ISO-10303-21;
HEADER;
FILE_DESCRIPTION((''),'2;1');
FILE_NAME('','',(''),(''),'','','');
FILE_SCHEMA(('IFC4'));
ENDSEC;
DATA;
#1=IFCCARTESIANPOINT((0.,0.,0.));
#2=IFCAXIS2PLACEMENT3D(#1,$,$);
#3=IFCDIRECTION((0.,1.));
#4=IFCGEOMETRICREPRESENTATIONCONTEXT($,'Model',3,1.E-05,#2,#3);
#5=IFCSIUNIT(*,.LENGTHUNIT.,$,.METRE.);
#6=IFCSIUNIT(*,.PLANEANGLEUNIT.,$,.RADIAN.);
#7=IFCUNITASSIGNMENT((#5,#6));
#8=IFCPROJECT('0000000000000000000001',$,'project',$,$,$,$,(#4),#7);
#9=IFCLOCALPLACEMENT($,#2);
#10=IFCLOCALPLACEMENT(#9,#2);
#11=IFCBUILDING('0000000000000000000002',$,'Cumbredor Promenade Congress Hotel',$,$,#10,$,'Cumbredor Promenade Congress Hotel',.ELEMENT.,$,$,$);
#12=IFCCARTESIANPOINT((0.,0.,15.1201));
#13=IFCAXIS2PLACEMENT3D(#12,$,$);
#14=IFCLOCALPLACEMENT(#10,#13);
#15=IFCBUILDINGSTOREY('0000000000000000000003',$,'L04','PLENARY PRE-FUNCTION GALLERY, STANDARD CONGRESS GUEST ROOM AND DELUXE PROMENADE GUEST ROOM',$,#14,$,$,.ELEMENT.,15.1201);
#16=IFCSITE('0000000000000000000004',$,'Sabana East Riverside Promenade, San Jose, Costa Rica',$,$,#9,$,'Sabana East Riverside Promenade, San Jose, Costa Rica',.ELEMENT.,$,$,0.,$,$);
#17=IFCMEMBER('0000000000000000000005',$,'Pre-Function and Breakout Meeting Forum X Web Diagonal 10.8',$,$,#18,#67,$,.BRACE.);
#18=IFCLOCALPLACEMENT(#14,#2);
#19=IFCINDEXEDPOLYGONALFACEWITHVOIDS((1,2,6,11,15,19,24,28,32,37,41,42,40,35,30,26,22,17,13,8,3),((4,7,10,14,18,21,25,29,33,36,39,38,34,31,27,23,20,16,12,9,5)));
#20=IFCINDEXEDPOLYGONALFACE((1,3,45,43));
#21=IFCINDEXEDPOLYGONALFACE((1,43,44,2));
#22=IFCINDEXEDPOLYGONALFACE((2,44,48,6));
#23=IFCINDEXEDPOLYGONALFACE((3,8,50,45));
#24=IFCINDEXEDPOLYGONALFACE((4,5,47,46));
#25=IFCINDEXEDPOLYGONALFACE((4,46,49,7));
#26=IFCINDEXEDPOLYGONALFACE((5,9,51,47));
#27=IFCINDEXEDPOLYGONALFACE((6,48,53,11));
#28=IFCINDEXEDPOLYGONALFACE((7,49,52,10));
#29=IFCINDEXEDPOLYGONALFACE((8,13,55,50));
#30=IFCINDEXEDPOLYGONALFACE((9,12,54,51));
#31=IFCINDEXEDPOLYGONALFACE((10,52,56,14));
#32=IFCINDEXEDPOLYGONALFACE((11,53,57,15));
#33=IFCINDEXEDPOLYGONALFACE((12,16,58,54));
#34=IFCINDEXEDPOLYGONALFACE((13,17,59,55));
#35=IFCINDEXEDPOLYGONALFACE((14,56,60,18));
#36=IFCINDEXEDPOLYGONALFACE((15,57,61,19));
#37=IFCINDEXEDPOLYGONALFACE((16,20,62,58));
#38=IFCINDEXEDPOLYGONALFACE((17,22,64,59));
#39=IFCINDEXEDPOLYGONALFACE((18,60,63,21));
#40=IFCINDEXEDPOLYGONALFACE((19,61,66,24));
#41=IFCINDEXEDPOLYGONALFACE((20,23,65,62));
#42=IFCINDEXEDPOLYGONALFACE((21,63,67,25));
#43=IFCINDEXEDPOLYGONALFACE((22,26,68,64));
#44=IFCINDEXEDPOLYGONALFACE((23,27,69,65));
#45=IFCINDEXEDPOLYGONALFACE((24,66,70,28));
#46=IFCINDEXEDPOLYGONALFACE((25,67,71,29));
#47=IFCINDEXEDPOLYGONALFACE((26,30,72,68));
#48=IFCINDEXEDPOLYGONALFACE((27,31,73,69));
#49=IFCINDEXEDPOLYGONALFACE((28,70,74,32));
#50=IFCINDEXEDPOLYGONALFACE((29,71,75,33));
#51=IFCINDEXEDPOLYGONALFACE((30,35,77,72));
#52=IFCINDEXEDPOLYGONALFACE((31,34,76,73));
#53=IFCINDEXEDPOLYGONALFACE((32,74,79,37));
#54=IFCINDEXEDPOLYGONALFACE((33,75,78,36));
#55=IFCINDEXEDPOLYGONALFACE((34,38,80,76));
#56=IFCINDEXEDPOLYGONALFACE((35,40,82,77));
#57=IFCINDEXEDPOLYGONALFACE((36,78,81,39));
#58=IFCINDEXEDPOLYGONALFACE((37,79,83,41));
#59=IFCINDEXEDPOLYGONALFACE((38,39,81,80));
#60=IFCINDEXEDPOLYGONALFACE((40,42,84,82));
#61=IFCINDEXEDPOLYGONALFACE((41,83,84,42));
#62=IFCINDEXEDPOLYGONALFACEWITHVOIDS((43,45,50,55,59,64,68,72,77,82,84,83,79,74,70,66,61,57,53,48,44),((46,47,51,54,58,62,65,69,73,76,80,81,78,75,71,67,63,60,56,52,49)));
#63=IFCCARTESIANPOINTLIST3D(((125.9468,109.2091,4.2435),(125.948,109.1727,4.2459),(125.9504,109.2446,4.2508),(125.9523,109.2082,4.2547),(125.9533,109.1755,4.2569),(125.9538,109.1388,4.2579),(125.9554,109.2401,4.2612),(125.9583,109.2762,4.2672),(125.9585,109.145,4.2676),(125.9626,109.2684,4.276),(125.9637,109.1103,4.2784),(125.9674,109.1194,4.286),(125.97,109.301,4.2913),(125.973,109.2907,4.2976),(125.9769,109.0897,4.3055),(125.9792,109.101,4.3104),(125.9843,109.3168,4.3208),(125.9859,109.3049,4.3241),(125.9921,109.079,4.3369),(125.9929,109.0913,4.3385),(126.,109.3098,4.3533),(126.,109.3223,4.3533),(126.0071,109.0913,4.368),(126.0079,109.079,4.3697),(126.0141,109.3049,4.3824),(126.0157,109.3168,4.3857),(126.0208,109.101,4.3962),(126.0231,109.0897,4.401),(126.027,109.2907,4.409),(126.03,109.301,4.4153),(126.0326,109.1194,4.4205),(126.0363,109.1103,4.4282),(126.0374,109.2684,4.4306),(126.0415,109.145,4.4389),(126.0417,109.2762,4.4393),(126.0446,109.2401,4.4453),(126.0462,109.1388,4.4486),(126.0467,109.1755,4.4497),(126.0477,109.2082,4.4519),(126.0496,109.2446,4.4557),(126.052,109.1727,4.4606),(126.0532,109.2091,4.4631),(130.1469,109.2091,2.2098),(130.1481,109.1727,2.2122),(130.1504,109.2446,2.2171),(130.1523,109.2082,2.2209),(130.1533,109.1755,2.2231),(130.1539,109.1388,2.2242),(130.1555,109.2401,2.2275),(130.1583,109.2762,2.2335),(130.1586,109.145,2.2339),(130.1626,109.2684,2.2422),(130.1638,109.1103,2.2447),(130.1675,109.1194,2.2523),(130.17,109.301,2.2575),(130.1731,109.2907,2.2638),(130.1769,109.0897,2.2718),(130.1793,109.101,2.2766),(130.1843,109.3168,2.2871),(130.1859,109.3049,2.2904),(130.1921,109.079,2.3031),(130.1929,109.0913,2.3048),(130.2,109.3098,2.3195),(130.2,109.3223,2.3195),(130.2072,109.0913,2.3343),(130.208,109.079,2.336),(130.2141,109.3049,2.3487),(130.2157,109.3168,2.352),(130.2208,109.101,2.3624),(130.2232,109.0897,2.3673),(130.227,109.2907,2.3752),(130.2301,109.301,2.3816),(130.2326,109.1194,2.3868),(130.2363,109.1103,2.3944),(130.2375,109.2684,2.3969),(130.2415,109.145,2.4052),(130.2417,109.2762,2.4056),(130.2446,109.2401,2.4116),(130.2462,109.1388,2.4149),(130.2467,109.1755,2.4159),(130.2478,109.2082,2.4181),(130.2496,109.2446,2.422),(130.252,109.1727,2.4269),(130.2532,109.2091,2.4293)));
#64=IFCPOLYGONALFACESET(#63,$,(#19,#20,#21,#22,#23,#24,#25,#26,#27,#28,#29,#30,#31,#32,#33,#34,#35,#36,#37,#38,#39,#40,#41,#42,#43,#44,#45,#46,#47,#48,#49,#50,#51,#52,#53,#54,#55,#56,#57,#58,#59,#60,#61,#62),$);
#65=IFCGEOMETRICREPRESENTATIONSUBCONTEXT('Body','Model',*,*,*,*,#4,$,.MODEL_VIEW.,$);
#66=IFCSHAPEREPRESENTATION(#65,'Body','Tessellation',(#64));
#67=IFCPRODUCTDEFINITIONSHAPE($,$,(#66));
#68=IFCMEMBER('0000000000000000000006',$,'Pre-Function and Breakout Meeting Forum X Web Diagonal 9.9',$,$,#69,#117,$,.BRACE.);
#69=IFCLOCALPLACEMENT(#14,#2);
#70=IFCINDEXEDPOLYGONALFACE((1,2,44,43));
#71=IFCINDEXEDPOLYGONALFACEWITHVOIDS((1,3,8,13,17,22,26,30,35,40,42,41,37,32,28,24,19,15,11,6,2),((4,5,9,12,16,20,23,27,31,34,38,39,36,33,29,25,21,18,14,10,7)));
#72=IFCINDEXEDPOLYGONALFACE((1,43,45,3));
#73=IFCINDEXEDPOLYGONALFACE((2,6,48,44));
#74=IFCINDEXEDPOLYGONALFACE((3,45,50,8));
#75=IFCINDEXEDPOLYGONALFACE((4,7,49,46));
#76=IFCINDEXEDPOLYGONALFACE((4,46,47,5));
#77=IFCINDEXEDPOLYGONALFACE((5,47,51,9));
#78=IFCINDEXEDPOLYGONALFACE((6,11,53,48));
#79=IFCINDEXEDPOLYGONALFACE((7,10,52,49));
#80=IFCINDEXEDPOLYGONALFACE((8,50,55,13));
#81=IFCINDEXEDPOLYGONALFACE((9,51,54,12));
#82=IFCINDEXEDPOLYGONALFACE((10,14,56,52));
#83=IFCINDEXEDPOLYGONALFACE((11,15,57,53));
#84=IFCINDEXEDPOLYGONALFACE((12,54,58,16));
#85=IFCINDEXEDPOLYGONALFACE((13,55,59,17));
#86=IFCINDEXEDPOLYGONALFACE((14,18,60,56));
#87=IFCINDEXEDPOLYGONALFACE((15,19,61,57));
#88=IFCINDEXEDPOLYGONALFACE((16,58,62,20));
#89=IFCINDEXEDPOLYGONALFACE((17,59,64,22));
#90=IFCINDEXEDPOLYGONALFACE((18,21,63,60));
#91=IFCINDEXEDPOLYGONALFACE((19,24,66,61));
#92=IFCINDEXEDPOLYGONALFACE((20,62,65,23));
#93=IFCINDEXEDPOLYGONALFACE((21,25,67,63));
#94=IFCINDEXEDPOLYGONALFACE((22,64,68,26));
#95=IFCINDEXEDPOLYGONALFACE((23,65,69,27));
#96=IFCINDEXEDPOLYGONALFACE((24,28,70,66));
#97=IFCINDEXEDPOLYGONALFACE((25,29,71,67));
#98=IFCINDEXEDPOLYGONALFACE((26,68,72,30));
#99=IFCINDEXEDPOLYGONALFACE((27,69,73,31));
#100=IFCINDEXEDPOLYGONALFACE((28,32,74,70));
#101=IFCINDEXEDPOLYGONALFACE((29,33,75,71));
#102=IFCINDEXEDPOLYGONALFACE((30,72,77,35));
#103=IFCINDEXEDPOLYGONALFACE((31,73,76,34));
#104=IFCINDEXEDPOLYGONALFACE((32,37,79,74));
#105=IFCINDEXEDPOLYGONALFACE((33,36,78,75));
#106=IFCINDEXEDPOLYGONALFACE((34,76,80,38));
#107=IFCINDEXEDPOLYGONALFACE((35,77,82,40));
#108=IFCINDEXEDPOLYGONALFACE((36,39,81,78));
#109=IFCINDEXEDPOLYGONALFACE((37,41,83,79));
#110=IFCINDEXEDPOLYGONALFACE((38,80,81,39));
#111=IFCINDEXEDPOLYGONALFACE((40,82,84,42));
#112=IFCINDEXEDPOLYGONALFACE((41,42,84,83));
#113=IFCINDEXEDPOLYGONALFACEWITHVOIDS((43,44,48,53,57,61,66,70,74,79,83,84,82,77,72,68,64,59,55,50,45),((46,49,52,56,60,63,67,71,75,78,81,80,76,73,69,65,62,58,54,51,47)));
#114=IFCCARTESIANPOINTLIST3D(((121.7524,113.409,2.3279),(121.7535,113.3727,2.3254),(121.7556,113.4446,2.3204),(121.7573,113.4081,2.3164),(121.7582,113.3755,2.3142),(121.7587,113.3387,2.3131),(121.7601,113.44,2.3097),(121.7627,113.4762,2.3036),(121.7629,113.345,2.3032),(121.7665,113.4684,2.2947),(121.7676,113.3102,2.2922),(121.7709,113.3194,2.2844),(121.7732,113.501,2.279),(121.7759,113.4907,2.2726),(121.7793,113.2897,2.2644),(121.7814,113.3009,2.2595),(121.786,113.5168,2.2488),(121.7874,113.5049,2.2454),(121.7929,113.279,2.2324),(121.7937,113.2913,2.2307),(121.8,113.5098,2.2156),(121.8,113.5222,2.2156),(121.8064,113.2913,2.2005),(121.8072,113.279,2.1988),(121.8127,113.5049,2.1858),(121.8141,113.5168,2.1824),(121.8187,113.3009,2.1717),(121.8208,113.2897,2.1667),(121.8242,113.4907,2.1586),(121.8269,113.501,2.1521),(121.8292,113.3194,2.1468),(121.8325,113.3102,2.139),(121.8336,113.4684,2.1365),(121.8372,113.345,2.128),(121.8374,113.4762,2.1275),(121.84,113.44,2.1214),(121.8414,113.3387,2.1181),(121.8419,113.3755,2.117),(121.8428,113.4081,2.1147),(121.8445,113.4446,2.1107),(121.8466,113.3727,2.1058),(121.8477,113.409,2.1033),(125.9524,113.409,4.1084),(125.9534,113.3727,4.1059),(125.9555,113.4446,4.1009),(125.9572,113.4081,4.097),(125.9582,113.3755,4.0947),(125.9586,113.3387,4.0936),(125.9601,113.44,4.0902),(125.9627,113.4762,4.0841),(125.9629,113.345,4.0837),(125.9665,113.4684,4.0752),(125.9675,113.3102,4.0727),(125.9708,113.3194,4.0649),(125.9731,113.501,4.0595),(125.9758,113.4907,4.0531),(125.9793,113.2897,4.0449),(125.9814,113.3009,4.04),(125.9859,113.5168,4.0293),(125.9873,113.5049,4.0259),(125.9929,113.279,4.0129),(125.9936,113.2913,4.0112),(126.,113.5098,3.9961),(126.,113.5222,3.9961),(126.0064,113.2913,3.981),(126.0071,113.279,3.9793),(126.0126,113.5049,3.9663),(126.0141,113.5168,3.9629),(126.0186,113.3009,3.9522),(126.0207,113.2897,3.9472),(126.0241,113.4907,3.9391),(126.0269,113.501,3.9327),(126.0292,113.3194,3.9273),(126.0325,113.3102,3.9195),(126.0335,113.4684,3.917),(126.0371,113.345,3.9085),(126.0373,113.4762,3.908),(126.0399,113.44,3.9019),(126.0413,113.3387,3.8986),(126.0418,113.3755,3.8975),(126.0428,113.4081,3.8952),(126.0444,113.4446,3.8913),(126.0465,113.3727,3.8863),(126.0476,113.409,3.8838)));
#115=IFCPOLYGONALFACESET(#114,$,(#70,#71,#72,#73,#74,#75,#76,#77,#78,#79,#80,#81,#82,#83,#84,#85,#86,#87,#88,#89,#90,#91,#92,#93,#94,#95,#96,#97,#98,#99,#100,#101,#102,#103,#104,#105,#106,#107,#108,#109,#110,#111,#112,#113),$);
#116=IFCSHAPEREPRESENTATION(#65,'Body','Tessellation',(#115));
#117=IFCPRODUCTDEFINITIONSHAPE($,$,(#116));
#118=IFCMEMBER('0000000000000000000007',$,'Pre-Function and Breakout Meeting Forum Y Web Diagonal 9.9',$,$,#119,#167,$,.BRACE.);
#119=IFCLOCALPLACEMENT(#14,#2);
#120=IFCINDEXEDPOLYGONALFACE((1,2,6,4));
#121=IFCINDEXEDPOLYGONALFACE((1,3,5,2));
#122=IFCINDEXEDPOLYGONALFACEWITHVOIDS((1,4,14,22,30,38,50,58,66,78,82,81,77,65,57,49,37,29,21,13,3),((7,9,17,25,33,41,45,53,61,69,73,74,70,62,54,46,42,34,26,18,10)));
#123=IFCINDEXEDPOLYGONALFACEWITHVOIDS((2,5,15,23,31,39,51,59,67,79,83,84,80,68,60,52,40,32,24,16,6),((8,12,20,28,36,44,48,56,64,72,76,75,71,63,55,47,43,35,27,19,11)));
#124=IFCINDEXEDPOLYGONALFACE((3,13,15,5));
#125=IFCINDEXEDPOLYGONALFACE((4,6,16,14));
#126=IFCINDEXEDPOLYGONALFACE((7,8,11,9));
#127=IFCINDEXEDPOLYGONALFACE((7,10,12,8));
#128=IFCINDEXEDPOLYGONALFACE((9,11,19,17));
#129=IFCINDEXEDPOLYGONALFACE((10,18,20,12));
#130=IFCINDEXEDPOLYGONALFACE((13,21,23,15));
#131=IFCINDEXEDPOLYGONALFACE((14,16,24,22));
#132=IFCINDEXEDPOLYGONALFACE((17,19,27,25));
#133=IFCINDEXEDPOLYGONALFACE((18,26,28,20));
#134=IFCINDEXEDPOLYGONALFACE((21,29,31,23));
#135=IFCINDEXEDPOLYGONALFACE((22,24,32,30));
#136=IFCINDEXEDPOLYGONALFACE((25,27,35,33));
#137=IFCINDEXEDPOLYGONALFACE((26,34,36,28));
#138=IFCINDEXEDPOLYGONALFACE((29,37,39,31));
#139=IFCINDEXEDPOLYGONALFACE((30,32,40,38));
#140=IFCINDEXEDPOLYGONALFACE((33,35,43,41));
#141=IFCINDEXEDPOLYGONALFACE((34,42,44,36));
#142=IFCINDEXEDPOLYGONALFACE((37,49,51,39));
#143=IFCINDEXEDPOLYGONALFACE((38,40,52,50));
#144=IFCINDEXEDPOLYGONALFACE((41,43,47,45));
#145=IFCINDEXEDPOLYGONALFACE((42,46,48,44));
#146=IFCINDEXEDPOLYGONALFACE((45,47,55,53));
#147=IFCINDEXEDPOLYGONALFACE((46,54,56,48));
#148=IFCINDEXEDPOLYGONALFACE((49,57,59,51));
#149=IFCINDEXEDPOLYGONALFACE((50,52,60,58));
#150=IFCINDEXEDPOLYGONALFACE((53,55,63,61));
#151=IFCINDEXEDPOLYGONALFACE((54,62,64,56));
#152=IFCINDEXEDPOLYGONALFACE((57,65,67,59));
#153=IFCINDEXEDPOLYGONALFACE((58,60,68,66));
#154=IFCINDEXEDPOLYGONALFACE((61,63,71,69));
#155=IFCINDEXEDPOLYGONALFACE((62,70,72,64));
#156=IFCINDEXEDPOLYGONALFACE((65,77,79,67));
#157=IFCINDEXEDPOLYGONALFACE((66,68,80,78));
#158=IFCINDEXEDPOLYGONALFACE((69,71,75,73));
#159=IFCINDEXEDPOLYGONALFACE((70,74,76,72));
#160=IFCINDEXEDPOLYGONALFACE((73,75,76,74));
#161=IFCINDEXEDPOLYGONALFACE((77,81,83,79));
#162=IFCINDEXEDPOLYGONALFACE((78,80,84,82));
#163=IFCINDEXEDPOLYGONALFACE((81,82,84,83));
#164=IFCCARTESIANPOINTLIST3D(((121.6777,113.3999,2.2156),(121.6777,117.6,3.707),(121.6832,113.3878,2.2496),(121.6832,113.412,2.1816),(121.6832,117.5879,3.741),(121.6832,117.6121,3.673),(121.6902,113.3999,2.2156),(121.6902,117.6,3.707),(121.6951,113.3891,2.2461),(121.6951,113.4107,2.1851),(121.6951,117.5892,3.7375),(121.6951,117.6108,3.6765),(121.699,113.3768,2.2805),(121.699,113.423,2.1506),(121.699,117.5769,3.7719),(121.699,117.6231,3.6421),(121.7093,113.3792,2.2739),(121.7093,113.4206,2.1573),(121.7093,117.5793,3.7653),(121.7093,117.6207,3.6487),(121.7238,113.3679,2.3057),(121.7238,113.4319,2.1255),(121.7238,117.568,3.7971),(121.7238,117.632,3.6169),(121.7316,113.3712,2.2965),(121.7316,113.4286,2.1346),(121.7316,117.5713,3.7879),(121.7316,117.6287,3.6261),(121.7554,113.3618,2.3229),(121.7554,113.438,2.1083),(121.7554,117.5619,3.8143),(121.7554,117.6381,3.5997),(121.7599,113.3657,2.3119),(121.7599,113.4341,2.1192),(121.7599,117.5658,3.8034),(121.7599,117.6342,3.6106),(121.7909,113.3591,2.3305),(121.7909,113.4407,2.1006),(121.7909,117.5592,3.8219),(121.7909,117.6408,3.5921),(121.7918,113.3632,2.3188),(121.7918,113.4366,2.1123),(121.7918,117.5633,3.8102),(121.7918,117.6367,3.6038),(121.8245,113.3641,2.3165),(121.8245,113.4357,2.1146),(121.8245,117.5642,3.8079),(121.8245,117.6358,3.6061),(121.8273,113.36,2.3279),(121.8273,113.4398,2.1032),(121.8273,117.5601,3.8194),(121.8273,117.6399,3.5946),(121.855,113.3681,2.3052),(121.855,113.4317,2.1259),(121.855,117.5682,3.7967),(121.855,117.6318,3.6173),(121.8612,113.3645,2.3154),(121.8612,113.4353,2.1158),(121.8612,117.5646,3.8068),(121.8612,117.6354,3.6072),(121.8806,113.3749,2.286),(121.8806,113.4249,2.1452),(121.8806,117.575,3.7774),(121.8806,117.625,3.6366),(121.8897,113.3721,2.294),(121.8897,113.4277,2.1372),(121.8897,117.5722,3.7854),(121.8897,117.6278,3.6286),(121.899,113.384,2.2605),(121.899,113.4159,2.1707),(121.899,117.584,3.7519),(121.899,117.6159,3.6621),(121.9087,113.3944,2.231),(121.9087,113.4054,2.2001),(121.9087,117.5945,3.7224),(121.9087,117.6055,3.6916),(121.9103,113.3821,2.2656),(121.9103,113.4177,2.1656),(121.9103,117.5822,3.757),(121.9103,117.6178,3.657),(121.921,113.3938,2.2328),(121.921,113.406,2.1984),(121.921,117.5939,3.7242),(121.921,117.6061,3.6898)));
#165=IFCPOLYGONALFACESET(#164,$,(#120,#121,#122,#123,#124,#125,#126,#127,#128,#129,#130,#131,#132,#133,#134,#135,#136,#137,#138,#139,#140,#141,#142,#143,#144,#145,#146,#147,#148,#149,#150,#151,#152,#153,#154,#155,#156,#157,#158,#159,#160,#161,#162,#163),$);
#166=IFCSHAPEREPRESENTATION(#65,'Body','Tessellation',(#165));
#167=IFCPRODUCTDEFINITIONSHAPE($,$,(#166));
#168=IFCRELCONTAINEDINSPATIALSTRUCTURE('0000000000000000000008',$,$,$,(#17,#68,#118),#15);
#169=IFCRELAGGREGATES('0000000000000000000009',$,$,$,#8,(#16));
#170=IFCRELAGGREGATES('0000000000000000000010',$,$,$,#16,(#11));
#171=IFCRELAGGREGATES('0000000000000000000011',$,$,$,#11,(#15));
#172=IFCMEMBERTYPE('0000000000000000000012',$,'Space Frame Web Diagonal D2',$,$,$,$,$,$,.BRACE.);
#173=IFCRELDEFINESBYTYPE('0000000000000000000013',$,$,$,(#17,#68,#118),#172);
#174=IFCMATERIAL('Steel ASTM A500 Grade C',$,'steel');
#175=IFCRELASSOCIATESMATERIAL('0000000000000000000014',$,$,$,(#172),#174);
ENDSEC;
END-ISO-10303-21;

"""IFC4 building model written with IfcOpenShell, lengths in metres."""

from ifc_helpers import new_model, si_unit, direction, frame, origin, origin_2d, place, context, subcontext, project, spatial, hollow_circle, extrude, material, material_profile, profile_set, type_object, element, save


model = new_model("IFC4")

# Units and contexts
model_context = context("Model", 3, precision=1e-05, world=origin(), true_north=direction((0.0, 1.0)))
body_context = subcontext(model_context, "Body", "Model", "MODEL_VIEW")
ifc_project = project(units=[si_unit("LENGTHUNIT", "METRE"), si_unit("PLANEANGLEUNIT", "RADIAN")], contexts=[model_context])

# Site, building, storey
site_placement = place(None, origin())
site = spatial("IfcSite", under=ifc_project, at=site_placement, Name="Sabana East Riverside Promenade, San Jose, Costa Rica", LongName="Sabana East Riverside Promenade, San Jose, Costa Rica", CompositionType="ELEMENT", RefElevation=0.0)
building_placement = place(site_placement, origin())
building = spatial("IfcBuilding", under=site, at=building_placement, Name="Cumbredor Promenade Congress Hotel", LongName="Cumbredor Promenade Congress Hotel", CompositionType="ELEMENT")
storey_placement = place(building_placement, frame((0.0, 0.0, 15.1201)))
storey = spatial("IfcBuildingStorey", under=building, at=storey_placement, Name="L04", Description="PLENARY PRE-FUNCTION GALLERY, STANDARD CONGRESS GUEST ROOM AND DELUXE PROMENADE GUEST ROOM", CompositionType="ELEMENT", Elevation=15.1201)

# Members
ifc_material_1 = material(Name="Steel ASTM A500 Grade C", Category="steel")
ifc_material_profile_1 = material_profile(ifc_material_1, hollow_circle(Radius=0.1223, WallThickness=0.0125, at=origin_2d()), Name="CHS 244.5x12.5")
ifc_profile_set_1 = profile_set([ifc_material_profile_1], Name="Steel ASTM A500 Grade C")
member_type_1 = type_object("IfcMemberType", Name="Space Frame Web Diagonal D2", PredefinedType="BRACE", material=ifc_profile_set_1)
member_1_placement = place(storey_placement, frame((126.0, 109.2, 4.3533), z_axis=(0.900037, 0.0, -0.435814), x_axis=(0.0, 1.0, 0.0)))
element("IfcMember", 1, at=member_1_placement, inside=storey, type_object=member_type_1, Name="Pre-Function and Breakout Meeting Forum X Web Diagonal 10.8", PredefinedType="BRACE", context=body_context, shape_type="SweptSolid", body=[
    extrude(hollow_circle(Radius=0.1223, WallThickness=0.0125, at=origin_2d()), origin(), (0.0, 0.0, 1.0), 4.6665),
])
member_2_placement = place(storey_placement, frame((121.8, 113.3999, 2.2156), z_axis=(0.920683, 0.0, 0.390312), x_axis=(0.0, 1.0, 0.0)))
element("IfcMember", 2, at=member_2_placement, inside=storey, type_object=member_type_1, Name="Pre-Function and Breakout Meeting Forum X Web Diagonal 9.9", PredefinedType="BRACE", context=body_context, shape_type="SweptSolid", body=[
    extrude(hollow_circle(Radius=0.1223, WallThickness=0.0125, at=origin_2d()), origin(), (0.0, 0.0, 1.0), 4.5618),
])
member_3_placement = place(storey_placement, frame((121.8, 113.3999, 2.2156), z_axis=(0.0, 0.942353, 0.334622), x_axis=(-1.0, 0.0, 0.0)))
element("IfcMember", 3, at=member_3_placement, inside=storey, type_object=member_type_1, Name="Pre-Function and Breakout Meeting Forum Y Web Diagonal 9.9", PredefinedType="BRACE", context=body_context, shape_type="SweptSolid", body=[
    extrude(hollow_circle(Radius=0.1223, WallThickness=0.0125, at=origin_2d()), origin(), (0.0, 0.0, 1.0), 4.457),
])

save(model, "model.ifc")
